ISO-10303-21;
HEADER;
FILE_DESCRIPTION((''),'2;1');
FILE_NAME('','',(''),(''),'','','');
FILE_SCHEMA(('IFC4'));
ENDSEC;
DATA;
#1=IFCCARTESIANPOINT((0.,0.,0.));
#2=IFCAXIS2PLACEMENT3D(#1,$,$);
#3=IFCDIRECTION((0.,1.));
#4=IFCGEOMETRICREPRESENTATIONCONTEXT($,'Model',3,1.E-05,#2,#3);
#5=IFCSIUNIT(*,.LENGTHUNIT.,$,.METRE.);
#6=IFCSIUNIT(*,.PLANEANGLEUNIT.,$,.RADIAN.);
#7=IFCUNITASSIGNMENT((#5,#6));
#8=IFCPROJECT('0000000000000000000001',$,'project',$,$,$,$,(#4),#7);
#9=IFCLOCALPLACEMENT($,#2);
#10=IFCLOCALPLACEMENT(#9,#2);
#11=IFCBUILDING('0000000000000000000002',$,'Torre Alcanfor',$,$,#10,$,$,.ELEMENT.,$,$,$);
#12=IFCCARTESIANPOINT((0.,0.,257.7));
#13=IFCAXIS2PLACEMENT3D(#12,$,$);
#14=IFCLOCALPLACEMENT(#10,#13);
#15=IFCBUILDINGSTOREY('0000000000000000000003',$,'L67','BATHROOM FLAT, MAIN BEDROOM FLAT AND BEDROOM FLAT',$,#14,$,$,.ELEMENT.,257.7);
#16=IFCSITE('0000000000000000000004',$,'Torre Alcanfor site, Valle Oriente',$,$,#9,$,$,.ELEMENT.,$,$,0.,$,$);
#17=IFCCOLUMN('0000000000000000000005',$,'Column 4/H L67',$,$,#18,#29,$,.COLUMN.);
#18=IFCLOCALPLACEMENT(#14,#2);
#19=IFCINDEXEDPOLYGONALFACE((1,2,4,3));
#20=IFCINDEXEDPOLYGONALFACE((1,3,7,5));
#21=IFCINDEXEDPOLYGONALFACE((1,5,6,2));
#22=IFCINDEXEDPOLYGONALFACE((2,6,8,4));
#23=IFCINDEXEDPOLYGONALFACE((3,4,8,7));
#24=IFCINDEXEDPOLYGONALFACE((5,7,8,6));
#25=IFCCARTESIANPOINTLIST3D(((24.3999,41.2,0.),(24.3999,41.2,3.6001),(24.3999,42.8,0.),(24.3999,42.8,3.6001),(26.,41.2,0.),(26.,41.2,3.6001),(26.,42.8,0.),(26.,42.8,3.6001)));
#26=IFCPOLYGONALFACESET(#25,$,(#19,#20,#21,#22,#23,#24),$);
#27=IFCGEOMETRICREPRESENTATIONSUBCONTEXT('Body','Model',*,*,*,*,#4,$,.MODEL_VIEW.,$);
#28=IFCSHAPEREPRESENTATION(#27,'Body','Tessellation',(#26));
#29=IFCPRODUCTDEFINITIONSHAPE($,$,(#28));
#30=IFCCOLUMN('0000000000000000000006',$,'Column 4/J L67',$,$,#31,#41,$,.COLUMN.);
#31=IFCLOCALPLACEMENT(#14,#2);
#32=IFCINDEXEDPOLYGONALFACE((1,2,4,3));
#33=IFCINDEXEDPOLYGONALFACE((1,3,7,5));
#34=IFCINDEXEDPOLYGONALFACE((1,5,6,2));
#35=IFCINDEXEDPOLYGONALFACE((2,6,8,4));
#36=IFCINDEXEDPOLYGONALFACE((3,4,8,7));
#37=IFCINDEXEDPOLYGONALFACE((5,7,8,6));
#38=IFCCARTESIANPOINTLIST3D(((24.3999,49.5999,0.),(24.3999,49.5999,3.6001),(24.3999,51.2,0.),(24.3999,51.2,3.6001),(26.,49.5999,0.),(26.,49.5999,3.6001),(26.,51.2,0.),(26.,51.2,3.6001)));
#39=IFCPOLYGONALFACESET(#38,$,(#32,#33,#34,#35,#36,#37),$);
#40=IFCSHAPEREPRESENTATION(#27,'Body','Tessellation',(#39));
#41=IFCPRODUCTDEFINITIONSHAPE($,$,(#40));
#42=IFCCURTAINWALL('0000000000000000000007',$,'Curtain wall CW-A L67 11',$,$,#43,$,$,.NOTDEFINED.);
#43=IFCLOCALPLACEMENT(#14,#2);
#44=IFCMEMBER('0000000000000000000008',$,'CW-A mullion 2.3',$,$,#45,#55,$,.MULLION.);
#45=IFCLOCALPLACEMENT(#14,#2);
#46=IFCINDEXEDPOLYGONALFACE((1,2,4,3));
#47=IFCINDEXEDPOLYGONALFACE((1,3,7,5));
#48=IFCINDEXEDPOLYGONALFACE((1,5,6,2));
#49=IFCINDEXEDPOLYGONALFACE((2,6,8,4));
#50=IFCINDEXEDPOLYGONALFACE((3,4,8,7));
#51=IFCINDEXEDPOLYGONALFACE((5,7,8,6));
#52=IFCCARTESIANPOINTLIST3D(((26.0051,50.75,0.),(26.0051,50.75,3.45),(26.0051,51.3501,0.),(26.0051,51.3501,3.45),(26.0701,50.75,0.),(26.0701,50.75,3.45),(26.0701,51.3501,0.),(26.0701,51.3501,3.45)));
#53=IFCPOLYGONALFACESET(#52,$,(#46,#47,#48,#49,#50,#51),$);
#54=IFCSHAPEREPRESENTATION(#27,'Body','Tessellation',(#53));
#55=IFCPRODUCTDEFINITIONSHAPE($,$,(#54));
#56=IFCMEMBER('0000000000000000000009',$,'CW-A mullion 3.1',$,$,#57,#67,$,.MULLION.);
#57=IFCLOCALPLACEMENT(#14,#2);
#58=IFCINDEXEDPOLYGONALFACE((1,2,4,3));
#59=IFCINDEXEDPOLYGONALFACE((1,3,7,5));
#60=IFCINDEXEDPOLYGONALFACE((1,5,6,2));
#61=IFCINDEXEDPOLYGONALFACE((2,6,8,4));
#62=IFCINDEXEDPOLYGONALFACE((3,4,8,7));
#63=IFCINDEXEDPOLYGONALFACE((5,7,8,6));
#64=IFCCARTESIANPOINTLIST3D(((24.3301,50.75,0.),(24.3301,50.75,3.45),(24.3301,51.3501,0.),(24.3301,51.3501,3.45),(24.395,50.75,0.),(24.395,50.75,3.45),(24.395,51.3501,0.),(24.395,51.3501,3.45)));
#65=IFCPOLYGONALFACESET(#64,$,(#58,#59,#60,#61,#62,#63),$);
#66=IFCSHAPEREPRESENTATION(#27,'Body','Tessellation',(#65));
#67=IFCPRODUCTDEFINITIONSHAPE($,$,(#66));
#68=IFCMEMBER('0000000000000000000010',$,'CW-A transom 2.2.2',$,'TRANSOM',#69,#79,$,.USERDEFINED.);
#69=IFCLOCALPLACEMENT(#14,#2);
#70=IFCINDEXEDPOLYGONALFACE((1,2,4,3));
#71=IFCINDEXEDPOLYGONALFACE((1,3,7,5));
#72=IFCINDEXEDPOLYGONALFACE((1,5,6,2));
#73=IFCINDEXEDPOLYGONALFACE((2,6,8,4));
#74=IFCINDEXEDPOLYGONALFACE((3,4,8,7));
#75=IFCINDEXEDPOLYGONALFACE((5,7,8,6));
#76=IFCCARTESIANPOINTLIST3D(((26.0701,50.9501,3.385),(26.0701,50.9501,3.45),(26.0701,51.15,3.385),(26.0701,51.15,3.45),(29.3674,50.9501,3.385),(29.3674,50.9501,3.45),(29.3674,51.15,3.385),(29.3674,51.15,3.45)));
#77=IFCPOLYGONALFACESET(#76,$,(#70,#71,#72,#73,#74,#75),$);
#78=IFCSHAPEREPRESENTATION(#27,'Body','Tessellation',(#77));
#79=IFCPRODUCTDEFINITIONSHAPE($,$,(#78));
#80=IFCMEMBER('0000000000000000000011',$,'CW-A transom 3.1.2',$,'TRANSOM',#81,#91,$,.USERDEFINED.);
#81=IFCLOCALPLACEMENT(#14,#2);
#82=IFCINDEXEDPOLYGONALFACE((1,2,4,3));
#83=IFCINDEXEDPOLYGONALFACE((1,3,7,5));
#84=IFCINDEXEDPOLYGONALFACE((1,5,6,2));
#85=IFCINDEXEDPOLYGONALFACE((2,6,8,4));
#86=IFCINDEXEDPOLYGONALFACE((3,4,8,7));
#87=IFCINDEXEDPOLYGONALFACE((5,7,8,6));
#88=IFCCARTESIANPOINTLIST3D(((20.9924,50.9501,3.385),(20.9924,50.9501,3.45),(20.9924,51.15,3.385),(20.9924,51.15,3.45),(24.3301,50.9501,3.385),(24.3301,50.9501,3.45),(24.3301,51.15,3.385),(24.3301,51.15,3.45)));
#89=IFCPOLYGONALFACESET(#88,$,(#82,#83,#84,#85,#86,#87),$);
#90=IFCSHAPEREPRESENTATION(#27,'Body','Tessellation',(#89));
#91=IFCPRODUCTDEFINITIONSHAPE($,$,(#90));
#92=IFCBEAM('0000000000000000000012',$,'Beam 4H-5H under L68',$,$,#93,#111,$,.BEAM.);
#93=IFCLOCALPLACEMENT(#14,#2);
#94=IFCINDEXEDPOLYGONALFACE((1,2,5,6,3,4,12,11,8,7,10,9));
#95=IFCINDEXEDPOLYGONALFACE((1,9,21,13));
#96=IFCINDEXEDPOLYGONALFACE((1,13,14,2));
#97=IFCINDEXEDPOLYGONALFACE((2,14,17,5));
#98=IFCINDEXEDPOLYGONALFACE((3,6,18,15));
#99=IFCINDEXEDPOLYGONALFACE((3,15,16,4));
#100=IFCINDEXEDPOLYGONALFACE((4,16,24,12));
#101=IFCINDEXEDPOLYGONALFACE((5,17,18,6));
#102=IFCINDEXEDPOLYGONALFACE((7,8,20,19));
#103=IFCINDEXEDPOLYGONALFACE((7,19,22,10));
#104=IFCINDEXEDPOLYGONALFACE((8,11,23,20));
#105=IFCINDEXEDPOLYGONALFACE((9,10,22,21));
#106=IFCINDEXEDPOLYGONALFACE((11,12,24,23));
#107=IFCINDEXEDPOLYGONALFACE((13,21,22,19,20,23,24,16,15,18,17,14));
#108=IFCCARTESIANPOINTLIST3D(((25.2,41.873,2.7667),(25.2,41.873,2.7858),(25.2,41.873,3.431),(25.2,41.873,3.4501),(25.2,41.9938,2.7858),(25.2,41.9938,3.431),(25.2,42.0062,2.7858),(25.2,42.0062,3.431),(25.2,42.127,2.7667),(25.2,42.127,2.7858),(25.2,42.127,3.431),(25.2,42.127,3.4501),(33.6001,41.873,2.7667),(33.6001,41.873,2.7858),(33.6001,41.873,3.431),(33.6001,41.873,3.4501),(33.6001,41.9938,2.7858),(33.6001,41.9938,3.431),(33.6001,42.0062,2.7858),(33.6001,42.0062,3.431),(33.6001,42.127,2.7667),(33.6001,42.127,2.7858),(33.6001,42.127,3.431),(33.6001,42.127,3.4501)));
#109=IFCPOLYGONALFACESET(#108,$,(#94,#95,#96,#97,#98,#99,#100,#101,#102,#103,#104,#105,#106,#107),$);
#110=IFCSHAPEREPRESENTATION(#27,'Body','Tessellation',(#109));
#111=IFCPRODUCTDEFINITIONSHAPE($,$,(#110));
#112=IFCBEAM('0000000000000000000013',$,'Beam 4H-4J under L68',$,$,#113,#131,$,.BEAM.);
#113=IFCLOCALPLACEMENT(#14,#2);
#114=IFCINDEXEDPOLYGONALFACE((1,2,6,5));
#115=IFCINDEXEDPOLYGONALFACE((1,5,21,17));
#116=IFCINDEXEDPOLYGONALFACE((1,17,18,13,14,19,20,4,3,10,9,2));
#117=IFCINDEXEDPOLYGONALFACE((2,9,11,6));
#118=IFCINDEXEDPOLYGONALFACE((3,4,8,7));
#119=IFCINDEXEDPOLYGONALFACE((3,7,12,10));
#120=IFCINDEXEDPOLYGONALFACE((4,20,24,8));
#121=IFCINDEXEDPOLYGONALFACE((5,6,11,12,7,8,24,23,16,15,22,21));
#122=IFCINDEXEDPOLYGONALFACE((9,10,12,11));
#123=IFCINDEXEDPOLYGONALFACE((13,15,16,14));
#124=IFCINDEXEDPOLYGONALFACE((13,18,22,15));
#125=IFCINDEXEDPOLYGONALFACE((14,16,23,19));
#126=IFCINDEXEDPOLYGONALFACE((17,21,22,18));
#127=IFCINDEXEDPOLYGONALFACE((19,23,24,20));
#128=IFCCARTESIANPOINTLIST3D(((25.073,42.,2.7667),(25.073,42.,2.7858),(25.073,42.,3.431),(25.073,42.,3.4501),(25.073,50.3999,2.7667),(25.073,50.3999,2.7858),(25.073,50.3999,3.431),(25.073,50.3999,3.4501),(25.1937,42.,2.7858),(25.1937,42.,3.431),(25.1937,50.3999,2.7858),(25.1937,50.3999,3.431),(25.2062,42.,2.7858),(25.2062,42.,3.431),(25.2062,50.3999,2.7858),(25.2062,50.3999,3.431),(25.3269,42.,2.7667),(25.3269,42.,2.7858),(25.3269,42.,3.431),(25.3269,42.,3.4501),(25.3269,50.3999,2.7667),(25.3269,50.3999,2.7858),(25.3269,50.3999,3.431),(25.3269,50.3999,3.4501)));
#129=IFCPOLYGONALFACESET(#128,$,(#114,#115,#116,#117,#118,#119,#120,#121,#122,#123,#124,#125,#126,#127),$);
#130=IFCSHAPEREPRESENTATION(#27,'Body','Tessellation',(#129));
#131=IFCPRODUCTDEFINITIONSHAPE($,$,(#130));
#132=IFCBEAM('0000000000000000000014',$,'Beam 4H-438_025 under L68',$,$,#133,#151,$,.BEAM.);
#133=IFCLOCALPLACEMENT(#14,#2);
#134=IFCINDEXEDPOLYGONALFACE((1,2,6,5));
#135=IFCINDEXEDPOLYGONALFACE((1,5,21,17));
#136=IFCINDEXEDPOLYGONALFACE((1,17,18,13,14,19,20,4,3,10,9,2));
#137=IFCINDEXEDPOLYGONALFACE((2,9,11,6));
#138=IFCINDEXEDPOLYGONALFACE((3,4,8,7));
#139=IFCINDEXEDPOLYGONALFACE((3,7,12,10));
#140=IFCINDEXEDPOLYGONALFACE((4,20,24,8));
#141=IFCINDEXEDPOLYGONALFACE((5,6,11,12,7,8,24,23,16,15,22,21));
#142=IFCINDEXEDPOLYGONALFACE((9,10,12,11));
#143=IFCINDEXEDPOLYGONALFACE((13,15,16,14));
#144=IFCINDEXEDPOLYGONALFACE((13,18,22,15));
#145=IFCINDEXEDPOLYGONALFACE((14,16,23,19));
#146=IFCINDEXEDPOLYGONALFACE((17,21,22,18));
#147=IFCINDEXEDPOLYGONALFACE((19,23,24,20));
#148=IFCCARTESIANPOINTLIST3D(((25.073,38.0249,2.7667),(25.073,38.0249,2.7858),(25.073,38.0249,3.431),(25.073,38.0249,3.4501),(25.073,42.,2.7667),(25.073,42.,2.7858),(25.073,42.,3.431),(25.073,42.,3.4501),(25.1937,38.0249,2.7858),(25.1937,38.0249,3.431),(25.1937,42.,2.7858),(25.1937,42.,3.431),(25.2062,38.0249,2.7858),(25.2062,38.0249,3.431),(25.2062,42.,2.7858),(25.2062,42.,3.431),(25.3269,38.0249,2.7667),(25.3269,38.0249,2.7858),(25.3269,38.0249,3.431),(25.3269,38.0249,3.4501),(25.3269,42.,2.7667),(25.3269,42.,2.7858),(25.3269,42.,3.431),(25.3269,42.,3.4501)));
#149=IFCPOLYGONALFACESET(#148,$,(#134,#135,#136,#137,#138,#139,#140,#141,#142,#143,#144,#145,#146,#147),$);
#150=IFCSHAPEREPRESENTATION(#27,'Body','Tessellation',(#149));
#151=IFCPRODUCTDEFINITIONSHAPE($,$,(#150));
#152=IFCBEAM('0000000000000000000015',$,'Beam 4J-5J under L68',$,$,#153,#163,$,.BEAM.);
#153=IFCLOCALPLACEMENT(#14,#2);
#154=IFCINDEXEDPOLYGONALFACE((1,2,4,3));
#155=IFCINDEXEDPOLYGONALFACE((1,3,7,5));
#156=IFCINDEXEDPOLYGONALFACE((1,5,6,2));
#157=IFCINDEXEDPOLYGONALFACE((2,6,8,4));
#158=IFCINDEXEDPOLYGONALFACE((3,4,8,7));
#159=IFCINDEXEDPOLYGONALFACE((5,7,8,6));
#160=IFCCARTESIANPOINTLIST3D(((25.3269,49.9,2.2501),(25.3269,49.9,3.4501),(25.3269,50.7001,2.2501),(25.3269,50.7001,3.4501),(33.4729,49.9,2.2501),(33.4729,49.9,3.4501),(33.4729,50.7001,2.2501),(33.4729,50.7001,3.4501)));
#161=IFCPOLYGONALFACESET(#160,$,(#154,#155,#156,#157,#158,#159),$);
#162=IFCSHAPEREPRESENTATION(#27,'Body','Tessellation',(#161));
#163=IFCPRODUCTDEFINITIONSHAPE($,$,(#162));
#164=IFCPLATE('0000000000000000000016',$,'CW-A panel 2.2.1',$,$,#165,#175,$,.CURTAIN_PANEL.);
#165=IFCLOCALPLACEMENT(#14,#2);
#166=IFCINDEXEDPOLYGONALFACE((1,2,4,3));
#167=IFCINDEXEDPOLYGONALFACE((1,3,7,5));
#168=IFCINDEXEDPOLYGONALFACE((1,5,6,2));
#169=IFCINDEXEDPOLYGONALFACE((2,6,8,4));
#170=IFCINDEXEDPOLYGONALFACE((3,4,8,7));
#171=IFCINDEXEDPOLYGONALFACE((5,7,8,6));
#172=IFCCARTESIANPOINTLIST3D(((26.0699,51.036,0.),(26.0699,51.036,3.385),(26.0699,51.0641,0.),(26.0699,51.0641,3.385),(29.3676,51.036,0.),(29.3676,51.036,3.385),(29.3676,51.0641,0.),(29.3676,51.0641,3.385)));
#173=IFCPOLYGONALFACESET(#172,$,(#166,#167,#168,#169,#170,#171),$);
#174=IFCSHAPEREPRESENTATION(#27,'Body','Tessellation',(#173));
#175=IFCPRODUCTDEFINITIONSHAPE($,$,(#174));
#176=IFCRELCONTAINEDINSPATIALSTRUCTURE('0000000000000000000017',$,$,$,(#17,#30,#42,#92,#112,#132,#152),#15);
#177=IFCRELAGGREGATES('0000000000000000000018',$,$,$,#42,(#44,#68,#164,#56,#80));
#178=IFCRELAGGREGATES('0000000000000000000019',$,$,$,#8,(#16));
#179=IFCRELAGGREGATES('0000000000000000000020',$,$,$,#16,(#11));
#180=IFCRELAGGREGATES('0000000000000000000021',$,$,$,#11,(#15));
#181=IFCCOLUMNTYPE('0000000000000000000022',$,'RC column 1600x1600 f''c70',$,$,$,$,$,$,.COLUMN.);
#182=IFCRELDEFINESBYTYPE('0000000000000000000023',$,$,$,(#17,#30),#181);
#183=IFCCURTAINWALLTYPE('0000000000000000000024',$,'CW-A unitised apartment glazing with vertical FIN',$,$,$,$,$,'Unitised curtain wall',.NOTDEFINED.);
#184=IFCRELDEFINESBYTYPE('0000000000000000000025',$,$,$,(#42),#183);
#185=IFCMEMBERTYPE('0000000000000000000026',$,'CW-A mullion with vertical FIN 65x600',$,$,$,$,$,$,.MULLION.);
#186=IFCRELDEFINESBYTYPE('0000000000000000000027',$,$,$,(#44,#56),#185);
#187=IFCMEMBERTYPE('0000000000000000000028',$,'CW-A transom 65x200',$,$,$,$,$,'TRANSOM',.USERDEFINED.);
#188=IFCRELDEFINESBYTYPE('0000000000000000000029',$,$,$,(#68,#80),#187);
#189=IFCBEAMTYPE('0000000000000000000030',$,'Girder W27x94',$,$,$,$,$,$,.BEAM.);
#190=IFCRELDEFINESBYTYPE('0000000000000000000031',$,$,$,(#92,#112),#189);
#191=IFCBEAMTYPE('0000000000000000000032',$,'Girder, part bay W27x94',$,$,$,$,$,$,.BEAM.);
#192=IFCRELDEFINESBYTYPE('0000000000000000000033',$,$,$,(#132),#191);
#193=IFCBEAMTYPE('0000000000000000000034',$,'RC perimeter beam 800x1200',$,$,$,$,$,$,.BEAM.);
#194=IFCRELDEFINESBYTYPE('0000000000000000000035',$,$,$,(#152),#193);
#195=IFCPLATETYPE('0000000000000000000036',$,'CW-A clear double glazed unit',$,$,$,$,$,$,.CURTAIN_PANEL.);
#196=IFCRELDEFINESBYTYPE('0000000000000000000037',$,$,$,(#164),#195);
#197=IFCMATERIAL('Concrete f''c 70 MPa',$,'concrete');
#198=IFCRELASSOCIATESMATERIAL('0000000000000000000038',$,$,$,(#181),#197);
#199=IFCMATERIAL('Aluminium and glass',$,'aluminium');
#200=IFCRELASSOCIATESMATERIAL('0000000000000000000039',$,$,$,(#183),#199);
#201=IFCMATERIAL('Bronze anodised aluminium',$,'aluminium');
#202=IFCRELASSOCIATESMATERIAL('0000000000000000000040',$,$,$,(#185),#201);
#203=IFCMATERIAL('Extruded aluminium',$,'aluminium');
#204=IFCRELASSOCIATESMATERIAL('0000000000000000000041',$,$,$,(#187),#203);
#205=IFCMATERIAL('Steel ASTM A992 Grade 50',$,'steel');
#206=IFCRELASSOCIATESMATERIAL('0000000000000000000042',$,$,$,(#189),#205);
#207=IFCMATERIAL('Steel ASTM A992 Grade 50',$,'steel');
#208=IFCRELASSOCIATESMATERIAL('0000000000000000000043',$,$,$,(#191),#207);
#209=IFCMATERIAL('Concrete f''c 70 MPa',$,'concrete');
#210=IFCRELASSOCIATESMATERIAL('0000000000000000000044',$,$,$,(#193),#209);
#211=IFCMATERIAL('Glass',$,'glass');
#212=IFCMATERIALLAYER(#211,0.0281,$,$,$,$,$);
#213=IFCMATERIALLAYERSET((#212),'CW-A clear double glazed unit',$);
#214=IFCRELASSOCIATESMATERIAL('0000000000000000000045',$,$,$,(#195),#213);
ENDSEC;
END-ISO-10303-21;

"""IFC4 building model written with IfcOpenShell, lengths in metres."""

from ifc_helpers import new_model, si_unit, direction, frame, origin, origin_2d, place, context, subcontext, project, spatial, rectangle, i_section, extrude, material, layer, layer_set, material_profile, profile_set, type_object, element, aggregate, save


model = new_model("IFC4")

# Units and contexts
model_context = context("Model", 3, precision=1e-05, world=origin(), true_north=direction((0.0, 1.0)))
body_context = subcontext(model_context, "Body", "Model", "MODEL_VIEW")
ifc_project = project(units=[si_unit("LENGTHUNIT", "METRE"), si_unit("PLANEANGLEUNIT", "RADIAN")], contexts=[model_context])

# Site, building, storey
site_placement = place(None, origin())
site = spatial("IfcSite", under=ifc_project, at=site_placement, Name="Torre Alcanfor site, Valle Oriente", CompositionType="ELEMENT", RefElevation=0.0)
building_placement = place(site_placement, origin())
building = spatial("IfcBuilding", under=site, at=building_placement, Name="Torre Alcanfor", CompositionType="ELEMENT")
storey_placement = place(building_placement, frame((0.0, 0.0, 257.7)))
storey = spatial("IfcBuildingStorey", under=building, at=storey_placement, Name="L67", Description="BATHROOM FLAT, MAIN BEDROOM FLAT AND BEDROOM FLAT", CompositionType="ELEMENT", Elevation=257.7)

# Columns
ifc_material_1 = material(Name="Concrete f'c 70 MPa", Category="concrete")
ifc_material_profile_1 = material_profile(ifc_material_1, rectangle(XDim=1.6001, YDim=1.6001, at=origin_2d()), Name="1600x1600")
ifc_profile_set_1 = profile_set([ifc_material_profile_1], Name="Concrete f'c 70 MPa")
column_type = type_object("IfcColumnType", Name="RC column 1600x1600 f'c70", PredefinedType="COLUMN", material=ifc_profile_set_1)
for number, where, z_axis, x_axis, name in (
    (1, (25.2, 42.0, 0.0), (0.0, 0.0, 1.0), (1.0, 0.0, 0.0), "Column 4/H L67"),
    (2, (25.2, 50.3999, 0.0), (0.0, 0.0, 1.0), (1.0, 0.0, 0.0), "Column 4/J L67"),
):
    element("IfcColumn", number, at=place(storey_placement, frame(where, z_axis=z_axis, x_axis=x_axis)), inside=storey, type_object=column_type, Name=name, PredefinedType="COLUMN", context=body_context, shape_type="SweptSolid", body=[
        extrude(rectangle(XDim=1.6001, YDim=1.6001, at=origin_2d()), origin(), (0.0, 0.0, 1.0), 3.6001),
    ])

# Curtain wall, members
ifc_material_2 = material(Name="Aluminium and glass", Category="aluminium")
curtain_wall_type = type_object("IfcCurtainWallType", Name="CW-A unitised apartment glazing with vertical FIN", ElementType="Unitised curtain wall", PredefinedType="NOTDEFINED", material=ifc_material_2)
curtain_wall_placement = place(storey_placement, origin())
curtain_wall = element("IfcCurtainWall", 3, at=curtain_wall_placement, inside=storey, type_object=curtain_wall_type, Name="Curtain wall CW-A L67 11", PredefinedType="NOTDEFINED")
ifc_material_3 = material(Name="Bronze anodised aluminium", Category="aluminium")
ifc_material_profile_2 = material_profile(ifc_material_3, rectangle(XDim=0.6001, YDim=0.0649, at=origin_2d()), Name="CW-A mullion 65x600")
ifc_profile_set_2 = profile_set([ifc_material_profile_2], Name="Bronze anodised aluminium")
member_type_1 = type_object("IfcMemberType", Name="CW-A mullion with vertical FIN 65x600", PredefinedType="MULLION", material=ifc_profile_set_2)
member_1_placement = place(storey_placement, frame((26.0376, 51.05, 0.0), z_axis=(0.0, 0.0, 1.0), x_axis=(0.0, -1.0, 0.0)))
member_1 = element("IfcMember", 4, at=member_1_placement, type_object=member_type_1, Name="CW-A mullion 2.3", PredefinedType="MULLION", context=body_context, shape_type="SweptSolid", body=[
    extrude(rectangle(XDim=0.6001, YDim=0.0649, at=origin_2d()), origin(), (0.0, 0.0, 1.0), 3.45),
])
member_2_placement = place(storey_placement, frame((24.3625, 51.05, 0.0), z_axis=(0.0, 0.0, 1.0), x_axis=(0.0, -1.0, 0.0)))
member_2 = element("IfcMember", 5, at=member_2_placement, type_object=member_type_1, Name="CW-A mullion 3.1", PredefinedType="MULLION", context=body_context, shape_type="SweptSolid", body=[
    extrude(rectangle(XDim=0.6001, YDim=0.0649, at=origin_2d()), origin(), (0.0, 0.0, 1.0), 3.45),
])
ifc_material_4 = material(Name="Extruded aluminium", Category="aluminium")
ifc_material_profile_3 = material_profile(ifc_material_4, rectangle(XDim=0.2, YDim=0.0649, at=origin_2d()), Name="CW-A transom 200x65")
ifc_profile_set_3 = profile_set([ifc_material_profile_3], Name="Extruded aluminium")
member_type_2 = type_object("IfcMemberType", Name="CW-A transom 65x200", ElementType="TRANSOM", PredefinedType="USERDEFINED", material=ifc_profile_set_3)
member_3_placement = place(storey_placement, frame((29.3674, 51.05, 3.4175), z_axis=(-1.0, 0.0, 0.0), x_axis=(0.0, -1.0, 0.0)))
member_3 = element("IfcMember", 6, at=member_3_placement, type_object=member_type_2, Name="CW-A transom 2.2.2", ObjectType="TRANSOM", PredefinedType="USERDEFINED", context=body_context, shape_type="SweptSolid", body=[
    extrude(rectangle(XDim=0.2, YDim=0.0649, at=origin_2d()), origin(), (0.0, 0.0, 1.0), 3.2974),
])
member_4_placement = place(storey_placement, frame((24.3301, 51.05, 3.4175), z_axis=(-1.0, 0.0, 0.0), x_axis=(0.0, -1.0, 0.0)))
member_4 = element("IfcMember", 7, at=member_4_placement, type_object=member_type_2, Name="CW-A transom 3.1.2", ObjectType="TRANSOM", PredefinedType="USERDEFINED", context=body_context, shape_type="SweptSolid", body=[
    extrude(rectangle(XDim=0.2, YDim=0.0649, at=origin_2d()), origin(), (0.0, 0.0, 1.0), 3.3376),
])

# Beams
ifc_material_5 = material(Name="Steel ASTM A992 Grade 50", Category="steel")
ifc_material_profile_4 = material_profile(ifc_material_5, i_section(OverallWidth=0.2539, OverallDepth=0.6833, WebThickness=0.0125, FlangeThickness=0.019, at=origin_2d()), Name="W27x94")
ifc_profile_set_4 = profile_set([ifc_material_profile_4], Name="Steel ASTM A992 Grade 50")
beam_type_1 = type_object("IfcBeamType", Name="Girder W27x94", PredefinedType="BEAM", material=ifc_profile_set_4)
beam_1_placement = place(storey_placement, frame((25.2, 42.0, 3.1084), z_axis=(1.0, 0.0, 0.0), x_axis=(0.0, 1.0, 0.0)))
element("IfcBeam", 8, at=beam_1_placement, inside=storey, type_object=beam_type_1, Name="Beam 4H-5H under L68", PredefinedType="BEAM", context=body_context, shape_type="SweptSolid", body=[
    extrude(i_section(OverallWidth=0.2539, OverallDepth=0.6833, WebThickness=0.0125, FlangeThickness=0.019, at=origin_2d()), origin(), (0.0, 0.0, 1.0), 8.4001),
])
beam_2_placement = place(storey_placement, frame((25.2, 42.0, 3.1084), z_axis=(0.0, 1.0, 0.0), x_axis=(-1.0, 0.0, 0.0)))
element("IfcBeam", 9, at=beam_2_placement, inside=storey, type_object=beam_type_1, Name="Beam 4H-4J under L68", PredefinedType="BEAM", context=body_context, shape_type="SweptSolid", body=[
    extrude(i_section(OverallWidth=0.2539, OverallDepth=0.6833, WebThickness=0.0125, FlangeThickness=0.019, at=origin_2d()), origin(), (0.0, 0.0, 1.0), 8.3999),
])
ifc_material_6 = material(Name="Steel ASTM A992 Grade 50", Category="steel")
ifc_material_profile_5 = material_profile(ifc_material_6, i_section(OverallWidth=0.2539, OverallDepth=0.6833, WebThickness=0.0125, FlangeThickness=0.019, at=origin_2d()), Name="W27x94")
ifc_profile_set_5 = profile_set([ifc_material_profile_5], Name="Steel ASTM A992 Grade 50")
beam_type_2 = type_object("IfcBeamType", Name="Girder, part bay W27x94", PredefinedType="BEAM", material=ifc_profile_set_5)
beam_3_placement = place(storey_placement, frame((25.2, 42.0, 3.1084), z_axis=(0.0, -1.0, 0.0), x_axis=(1.0, 0.0, 0.0)))
element("IfcBeam", 10, at=beam_3_placement, inside=storey, type_object=beam_type_2, Name="Beam 4H-438_025 under L68", PredefinedType="BEAM", context=body_context, shape_type="SweptSolid", body=[
    extrude(i_section(OverallWidth=0.2539, OverallDepth=0.6833, WebThickness=0.0125, FlangeThickness=0.019, at=origin_2d()), origin(), (0.0, 0.0, 1.0), 3.9751),
])
ifc_material_7 = material(Name="Concrete f'c 70 MPa", Category="concrete")
ifc_material_profile_6 = material_profile(ifc_material_7, rectangle(XDim=0.8, YDim=1.2, at=origin_2d()), Name="800x1200")
ifc_profile_set_6 = profile_set([ifc_material_profile_6], Name="Concrete f'c 70 MPa")
beam_type_3 = type_object("IfcBeamType", Name="RC perimeter beam 800x1200", PredefinedType="BEAM", material=ifc_profile_set_6)
beam_4_placement = place(storey_placement, frame((25.3269, 50.3, 2.8501), z_axis=(1.0, 0.0, 0.0), x_axis=(0.0, 1.0, 0.0)))
element("IfcBeam", 11, at=beam_4_placement, inside=storey, type_object=beam_type_3, Name="Beam 4J-5J under L68", PredefinedType="BEAM", context=body_context, shape_type="SweptSolid", body=[
    extrude(rectangle(XDim=0.8, YDim=1.2, at=origin_2d()), origin(), (0.0, 0.0, 1.0), 8.146),
])

# Plate
ifc_material_8 = material(Name="Glass", Category="glass")
ifc_layer_1 = layer(ifc_material_8, 0.0281)
ifc_layer_set_1 = layer_set([ifc_layer_1], Name="CW-A clear double glazed unit")
plate_type = type_object("IfcPlateType", Name="CW-A clear double glazed unit", PredefinedType="CURTAIN_PANEL", material=ifc_layer_set_1)
plate_1_placement = place(storey_placement, frame((27.7188, 51.05, 0.0), z_axis=(0.0, 0.0, 1.0), x_axis=(-1.0, 0.0, 0.0)))
plate_1 = element("IfcPlate", 12, at=plate_1_placement, type_object=plate_type, Name="CW-A panel 2.2.1", PredefinedType="CURTAIN_PANEL", context=body_context, shape_type="SweptSolid", body=[
    extrude(rectangle(XDim=3.2976, YDim=0.0281, at=origin_2d()), origin(), (0.0, 0.0, 1.0), 3.385),
])
aggregate(curtain_wall, [member_1, member_3, plate_1, member_2, member_4])

save(model, "model.ifc")
